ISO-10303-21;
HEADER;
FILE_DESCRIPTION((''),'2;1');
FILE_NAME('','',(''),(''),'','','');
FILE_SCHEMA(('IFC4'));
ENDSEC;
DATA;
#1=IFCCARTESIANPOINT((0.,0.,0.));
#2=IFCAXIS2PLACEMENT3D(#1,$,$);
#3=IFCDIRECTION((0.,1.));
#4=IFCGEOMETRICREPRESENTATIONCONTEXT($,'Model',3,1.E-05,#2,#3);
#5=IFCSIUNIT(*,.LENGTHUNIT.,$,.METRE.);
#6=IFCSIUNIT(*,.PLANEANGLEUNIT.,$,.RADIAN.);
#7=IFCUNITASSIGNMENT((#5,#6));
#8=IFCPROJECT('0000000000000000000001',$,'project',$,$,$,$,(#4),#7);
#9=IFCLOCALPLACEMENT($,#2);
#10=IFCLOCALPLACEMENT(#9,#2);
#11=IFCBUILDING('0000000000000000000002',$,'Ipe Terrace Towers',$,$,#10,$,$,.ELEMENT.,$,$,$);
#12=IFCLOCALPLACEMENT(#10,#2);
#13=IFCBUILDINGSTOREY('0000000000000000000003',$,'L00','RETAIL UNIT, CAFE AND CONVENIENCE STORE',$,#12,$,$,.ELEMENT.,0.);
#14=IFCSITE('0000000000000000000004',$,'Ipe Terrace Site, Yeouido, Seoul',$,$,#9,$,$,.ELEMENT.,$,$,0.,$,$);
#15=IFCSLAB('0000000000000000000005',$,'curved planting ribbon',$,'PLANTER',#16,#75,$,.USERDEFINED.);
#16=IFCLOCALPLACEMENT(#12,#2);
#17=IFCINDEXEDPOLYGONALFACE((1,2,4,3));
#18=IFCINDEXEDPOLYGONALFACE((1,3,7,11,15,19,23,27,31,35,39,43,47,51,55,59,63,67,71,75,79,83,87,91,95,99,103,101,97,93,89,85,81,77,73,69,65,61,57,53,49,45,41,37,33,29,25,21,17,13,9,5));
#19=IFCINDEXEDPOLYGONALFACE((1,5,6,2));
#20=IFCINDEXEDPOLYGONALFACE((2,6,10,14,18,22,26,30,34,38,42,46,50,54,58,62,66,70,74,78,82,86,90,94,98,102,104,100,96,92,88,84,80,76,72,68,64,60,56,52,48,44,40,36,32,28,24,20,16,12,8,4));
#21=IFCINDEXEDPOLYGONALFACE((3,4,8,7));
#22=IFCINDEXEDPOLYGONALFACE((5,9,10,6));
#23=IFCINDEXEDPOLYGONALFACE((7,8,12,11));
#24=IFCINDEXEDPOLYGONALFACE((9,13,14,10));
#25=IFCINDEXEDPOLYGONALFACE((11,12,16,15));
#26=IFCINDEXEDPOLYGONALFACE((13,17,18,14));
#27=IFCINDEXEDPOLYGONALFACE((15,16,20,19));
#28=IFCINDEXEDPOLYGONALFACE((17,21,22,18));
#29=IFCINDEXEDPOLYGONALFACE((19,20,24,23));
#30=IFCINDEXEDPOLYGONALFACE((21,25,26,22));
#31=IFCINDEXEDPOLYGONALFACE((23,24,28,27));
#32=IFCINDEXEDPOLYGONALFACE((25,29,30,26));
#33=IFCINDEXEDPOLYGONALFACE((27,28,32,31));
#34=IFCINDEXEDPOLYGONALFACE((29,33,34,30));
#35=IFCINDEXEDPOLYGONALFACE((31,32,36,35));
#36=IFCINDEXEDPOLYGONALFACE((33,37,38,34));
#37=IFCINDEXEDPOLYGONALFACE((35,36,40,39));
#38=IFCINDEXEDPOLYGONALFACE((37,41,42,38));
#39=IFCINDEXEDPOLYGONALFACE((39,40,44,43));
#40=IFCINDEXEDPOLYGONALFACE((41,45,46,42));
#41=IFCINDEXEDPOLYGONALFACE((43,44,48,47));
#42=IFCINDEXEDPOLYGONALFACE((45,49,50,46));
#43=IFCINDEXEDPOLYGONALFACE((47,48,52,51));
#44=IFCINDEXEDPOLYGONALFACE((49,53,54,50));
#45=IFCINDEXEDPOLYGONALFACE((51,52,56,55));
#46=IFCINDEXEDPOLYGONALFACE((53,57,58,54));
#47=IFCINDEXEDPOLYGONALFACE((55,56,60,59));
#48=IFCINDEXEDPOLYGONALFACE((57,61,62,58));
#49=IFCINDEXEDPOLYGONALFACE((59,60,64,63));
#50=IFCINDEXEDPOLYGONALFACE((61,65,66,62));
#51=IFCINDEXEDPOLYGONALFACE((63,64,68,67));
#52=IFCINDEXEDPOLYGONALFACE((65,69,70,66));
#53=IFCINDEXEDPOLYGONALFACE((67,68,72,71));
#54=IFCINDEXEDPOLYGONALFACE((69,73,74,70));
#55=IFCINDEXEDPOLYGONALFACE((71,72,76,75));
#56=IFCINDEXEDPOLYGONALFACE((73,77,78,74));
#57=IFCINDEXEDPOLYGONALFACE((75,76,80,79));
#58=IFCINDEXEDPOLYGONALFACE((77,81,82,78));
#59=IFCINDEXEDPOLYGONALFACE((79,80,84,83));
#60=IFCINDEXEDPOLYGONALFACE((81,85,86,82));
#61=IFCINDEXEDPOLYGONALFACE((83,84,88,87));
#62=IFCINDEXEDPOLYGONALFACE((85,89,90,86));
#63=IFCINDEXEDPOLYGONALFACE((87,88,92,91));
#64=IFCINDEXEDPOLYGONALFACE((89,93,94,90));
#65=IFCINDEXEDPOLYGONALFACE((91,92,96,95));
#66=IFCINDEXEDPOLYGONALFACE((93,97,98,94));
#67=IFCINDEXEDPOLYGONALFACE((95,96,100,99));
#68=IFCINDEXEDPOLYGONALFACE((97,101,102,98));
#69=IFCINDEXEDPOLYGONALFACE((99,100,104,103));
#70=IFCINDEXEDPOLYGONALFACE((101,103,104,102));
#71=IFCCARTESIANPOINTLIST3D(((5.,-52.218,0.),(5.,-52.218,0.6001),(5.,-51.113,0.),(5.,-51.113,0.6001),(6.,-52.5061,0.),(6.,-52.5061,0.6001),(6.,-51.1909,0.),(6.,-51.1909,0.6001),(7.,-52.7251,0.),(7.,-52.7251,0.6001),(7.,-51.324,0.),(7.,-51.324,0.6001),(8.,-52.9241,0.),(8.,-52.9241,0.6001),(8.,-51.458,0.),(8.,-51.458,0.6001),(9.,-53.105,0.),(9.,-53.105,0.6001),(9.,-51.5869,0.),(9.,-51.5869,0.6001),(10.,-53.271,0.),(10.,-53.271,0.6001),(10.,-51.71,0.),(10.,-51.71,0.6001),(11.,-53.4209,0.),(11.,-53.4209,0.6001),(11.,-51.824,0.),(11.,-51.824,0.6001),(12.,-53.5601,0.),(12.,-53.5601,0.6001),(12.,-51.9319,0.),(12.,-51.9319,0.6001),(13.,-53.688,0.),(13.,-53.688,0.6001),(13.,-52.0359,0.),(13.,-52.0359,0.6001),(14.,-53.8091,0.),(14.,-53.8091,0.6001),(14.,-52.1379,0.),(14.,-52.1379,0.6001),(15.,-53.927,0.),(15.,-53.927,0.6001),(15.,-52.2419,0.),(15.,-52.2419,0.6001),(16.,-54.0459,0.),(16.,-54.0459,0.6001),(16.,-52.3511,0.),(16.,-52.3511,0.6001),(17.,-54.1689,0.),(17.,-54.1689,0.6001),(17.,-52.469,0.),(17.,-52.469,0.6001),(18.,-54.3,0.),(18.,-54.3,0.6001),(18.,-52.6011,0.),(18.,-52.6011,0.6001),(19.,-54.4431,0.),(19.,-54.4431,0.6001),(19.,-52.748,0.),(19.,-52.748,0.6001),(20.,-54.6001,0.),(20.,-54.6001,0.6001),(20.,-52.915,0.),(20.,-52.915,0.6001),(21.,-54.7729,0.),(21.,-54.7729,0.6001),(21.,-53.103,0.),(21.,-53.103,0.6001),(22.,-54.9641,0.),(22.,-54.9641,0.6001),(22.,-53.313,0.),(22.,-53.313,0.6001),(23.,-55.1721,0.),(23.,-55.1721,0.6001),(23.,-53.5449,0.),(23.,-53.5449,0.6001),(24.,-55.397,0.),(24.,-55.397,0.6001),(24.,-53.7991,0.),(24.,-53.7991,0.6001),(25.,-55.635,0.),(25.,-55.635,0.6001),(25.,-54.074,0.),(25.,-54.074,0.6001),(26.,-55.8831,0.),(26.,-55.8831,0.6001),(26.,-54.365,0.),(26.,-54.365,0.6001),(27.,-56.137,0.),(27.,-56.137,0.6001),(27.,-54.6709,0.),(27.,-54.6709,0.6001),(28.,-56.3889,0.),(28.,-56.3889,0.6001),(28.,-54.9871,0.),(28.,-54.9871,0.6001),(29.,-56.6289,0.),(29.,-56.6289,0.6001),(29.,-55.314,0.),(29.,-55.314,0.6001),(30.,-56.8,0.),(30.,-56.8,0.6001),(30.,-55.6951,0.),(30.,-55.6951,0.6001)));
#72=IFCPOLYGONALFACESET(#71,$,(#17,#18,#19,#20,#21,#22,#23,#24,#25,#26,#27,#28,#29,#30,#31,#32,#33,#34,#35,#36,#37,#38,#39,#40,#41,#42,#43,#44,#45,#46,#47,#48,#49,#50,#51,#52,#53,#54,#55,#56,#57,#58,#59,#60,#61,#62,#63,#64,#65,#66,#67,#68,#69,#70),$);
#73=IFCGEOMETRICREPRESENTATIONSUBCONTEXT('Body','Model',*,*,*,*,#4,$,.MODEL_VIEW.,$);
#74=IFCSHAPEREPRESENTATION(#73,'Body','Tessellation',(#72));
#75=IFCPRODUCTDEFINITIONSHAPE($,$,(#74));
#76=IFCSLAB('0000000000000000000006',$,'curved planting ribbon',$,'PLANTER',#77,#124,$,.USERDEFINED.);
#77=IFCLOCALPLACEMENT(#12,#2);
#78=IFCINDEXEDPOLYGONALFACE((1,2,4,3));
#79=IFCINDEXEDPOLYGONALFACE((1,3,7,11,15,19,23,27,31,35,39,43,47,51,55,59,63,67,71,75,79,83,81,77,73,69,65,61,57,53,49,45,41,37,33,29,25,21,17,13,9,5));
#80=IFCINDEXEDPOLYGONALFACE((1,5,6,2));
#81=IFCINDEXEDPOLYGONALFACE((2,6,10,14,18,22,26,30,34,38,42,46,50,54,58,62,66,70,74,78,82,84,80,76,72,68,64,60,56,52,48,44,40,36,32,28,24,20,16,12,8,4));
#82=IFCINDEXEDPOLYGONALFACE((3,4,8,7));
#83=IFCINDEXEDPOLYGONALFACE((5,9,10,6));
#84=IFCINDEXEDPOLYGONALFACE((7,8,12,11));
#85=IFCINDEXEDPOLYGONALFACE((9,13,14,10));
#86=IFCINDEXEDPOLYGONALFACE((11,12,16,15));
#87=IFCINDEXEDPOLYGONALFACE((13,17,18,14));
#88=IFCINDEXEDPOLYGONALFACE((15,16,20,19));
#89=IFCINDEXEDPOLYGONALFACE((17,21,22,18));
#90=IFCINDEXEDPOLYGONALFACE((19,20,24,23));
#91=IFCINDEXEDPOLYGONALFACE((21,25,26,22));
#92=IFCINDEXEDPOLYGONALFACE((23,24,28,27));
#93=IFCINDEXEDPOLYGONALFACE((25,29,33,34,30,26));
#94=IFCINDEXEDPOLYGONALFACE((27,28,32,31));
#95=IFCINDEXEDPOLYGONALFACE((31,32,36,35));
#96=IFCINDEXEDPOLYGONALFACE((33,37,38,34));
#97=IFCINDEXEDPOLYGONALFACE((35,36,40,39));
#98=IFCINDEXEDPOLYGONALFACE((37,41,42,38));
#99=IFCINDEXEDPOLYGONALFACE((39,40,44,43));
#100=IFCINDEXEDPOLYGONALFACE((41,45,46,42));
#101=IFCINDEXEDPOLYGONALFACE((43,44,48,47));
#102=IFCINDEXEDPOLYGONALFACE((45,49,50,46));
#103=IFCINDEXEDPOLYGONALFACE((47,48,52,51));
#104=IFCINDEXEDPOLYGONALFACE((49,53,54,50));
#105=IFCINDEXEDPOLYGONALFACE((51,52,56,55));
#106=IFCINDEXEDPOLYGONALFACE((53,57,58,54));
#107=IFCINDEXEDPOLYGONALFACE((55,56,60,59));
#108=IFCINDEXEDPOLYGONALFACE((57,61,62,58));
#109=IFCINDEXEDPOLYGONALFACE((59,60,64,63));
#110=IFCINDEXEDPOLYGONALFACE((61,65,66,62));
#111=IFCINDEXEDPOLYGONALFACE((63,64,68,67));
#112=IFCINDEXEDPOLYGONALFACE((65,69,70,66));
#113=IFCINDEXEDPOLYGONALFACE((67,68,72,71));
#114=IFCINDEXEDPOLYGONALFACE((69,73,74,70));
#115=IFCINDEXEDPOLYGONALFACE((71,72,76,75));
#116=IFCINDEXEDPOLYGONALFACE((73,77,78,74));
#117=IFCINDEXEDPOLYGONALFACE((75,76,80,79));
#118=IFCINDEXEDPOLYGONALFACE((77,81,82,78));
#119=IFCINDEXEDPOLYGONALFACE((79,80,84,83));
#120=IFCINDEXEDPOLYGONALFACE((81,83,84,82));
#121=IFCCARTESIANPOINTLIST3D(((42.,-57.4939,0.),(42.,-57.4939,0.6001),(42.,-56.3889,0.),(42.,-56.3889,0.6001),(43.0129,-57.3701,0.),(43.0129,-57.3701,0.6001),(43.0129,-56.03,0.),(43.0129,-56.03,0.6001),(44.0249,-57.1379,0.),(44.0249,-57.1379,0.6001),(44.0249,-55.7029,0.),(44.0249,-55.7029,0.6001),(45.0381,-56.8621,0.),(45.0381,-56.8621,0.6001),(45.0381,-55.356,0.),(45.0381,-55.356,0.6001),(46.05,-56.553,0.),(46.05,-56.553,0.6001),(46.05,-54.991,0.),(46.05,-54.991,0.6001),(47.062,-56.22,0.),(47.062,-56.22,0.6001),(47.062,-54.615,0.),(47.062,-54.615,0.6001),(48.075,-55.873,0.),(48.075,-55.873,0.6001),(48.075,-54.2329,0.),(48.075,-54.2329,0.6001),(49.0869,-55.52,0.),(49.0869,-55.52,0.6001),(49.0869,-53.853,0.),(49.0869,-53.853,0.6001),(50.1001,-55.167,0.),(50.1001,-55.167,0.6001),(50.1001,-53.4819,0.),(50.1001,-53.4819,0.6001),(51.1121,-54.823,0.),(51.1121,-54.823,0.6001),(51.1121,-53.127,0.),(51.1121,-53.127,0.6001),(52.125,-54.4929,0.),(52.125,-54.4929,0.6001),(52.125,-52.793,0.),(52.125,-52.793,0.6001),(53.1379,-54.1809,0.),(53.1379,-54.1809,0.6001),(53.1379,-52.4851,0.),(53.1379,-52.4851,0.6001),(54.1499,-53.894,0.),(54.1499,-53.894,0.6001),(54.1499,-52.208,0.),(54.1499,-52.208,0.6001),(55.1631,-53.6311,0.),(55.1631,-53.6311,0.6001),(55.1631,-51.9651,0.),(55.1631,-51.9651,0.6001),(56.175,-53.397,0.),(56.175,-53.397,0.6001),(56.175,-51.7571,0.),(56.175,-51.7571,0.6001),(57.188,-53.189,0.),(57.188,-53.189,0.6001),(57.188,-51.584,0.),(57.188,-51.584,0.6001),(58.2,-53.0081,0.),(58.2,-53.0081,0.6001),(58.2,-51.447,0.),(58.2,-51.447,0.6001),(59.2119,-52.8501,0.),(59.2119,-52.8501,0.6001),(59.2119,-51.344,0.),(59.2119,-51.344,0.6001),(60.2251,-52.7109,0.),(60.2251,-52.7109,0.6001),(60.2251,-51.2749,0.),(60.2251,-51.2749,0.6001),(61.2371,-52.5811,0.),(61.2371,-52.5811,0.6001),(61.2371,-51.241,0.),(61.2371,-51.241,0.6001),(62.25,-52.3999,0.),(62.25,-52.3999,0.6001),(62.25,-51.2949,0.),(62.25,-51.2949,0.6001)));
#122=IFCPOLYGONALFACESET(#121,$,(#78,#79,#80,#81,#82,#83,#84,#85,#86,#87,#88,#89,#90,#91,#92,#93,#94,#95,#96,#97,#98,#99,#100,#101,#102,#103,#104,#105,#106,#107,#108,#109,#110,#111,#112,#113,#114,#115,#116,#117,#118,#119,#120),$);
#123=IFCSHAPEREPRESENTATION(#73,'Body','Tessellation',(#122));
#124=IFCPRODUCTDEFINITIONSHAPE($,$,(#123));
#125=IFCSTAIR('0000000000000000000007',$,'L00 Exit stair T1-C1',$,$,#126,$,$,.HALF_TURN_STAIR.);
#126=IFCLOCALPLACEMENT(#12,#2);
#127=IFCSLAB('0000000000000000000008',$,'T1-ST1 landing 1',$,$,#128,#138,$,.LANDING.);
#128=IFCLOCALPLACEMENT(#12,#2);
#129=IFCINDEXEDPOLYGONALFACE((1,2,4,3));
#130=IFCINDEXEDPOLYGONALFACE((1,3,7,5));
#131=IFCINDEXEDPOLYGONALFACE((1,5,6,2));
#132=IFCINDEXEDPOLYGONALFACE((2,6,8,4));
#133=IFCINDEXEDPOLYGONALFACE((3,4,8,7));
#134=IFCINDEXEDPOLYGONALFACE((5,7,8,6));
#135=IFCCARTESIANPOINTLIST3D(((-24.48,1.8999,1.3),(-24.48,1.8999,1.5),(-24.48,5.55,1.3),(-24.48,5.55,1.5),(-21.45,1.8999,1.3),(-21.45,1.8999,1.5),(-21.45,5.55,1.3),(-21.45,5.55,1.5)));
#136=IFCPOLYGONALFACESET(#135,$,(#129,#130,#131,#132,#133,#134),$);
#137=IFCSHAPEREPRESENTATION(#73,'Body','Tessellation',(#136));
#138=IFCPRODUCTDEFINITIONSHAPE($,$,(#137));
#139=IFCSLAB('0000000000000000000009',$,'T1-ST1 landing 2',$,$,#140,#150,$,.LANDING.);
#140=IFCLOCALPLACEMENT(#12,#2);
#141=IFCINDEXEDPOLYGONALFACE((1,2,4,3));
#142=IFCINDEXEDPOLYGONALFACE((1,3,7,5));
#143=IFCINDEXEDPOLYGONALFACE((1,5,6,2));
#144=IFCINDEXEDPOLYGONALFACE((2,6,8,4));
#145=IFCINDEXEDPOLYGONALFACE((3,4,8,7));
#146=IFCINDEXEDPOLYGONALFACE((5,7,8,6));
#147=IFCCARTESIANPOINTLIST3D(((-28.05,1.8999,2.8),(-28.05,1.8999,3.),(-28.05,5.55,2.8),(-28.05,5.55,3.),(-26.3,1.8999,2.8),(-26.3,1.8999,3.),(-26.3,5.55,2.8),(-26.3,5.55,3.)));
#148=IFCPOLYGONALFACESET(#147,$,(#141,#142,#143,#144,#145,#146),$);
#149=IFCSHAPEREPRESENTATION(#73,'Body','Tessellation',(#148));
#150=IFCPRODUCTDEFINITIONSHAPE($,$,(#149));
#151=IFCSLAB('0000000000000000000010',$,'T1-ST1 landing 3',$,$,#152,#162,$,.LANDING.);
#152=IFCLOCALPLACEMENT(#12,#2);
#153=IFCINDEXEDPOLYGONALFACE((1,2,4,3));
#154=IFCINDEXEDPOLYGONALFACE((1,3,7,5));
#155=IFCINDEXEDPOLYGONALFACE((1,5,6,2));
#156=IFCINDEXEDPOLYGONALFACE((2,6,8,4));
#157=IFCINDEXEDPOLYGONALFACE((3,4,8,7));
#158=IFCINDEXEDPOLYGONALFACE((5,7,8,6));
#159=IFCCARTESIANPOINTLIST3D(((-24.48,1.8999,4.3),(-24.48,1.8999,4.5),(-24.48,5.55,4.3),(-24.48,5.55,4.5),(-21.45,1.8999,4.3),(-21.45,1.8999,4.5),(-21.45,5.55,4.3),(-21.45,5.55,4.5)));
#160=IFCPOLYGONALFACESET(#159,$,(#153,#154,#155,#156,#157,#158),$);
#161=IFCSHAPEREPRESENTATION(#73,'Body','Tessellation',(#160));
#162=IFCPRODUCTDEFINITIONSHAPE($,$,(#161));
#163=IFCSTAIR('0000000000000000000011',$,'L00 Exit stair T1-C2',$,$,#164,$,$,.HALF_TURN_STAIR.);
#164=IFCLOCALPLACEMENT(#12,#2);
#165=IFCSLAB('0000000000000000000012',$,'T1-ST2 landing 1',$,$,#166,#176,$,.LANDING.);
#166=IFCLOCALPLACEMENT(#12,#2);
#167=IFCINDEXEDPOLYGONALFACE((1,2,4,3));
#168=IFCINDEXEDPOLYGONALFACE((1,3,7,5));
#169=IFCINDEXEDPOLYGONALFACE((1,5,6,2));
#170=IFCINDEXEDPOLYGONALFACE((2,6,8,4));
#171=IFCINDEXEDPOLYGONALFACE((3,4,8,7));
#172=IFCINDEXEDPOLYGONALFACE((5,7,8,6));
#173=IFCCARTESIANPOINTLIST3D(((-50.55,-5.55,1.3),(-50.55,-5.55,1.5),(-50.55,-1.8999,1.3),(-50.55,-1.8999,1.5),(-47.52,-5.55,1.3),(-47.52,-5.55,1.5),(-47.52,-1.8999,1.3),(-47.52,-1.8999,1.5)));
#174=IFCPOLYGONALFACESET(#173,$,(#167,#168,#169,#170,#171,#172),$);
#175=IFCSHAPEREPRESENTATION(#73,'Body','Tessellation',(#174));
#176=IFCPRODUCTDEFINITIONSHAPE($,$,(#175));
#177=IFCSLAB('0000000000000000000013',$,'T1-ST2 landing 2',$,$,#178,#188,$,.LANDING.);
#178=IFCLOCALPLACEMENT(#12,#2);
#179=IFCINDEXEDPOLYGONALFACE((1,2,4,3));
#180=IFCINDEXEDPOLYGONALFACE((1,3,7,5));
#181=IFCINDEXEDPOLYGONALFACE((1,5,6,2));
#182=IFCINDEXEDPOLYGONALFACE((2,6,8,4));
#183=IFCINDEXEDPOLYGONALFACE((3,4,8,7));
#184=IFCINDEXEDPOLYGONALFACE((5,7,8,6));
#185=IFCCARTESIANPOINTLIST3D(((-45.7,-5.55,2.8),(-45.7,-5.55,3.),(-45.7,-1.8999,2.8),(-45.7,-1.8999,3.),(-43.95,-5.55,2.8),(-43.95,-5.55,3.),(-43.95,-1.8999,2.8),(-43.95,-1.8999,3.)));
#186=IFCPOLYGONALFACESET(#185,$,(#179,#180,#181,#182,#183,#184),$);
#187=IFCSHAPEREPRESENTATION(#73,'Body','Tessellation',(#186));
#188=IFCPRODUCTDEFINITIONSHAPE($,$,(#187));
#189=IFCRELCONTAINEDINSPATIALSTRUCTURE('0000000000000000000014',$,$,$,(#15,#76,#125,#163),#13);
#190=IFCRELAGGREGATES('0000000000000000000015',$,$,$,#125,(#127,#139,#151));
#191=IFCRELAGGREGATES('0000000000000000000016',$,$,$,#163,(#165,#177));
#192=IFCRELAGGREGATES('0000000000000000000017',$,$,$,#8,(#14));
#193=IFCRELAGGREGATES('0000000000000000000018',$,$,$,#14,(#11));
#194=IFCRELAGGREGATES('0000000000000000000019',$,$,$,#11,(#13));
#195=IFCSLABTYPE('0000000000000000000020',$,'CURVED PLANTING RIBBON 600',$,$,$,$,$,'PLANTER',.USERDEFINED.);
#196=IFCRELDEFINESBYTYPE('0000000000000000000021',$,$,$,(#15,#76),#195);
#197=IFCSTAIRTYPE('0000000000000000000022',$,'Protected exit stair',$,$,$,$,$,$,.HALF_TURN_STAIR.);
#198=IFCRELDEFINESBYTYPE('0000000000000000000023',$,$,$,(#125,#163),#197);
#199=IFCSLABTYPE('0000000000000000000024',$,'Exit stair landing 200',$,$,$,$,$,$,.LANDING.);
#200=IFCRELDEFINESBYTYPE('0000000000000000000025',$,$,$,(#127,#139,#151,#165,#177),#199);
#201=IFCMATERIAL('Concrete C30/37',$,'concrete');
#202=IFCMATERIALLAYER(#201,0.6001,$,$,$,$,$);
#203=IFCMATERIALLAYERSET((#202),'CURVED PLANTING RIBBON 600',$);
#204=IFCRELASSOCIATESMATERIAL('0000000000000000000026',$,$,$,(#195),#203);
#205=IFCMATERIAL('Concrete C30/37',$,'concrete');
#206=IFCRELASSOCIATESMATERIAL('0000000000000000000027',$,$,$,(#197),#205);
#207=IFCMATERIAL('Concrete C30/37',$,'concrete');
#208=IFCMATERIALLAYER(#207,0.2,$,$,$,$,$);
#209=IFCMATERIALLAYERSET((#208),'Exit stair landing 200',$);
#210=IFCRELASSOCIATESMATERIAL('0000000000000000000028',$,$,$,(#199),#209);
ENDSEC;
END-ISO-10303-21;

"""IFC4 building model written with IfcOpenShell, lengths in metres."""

from ifc_helpers import new_model, si_unit, direction, frame, origin, place, context, subcontext, project, spatial, polyline, outline, extrude, material, layer, layer_set, type_object, element, aggregate, save


model = new_model("IFC4")

# Units and contexts
model_context = context("Model", 3, precision=1e-05, world=origin(), true_north=direction((0.0, 1.0)))
body_context = subcontext(model_context, "Body", "Model", "MODEL_VIEW")
ifc_project = project(units=[si_unit("LENGTHUNIT", "METRE"), si_unit("PLANEANGLEUNIT", "RADIAN")], contexts=[model_context])

# Site, building, storey
site_placement = place(None, origin())
site = spatial("IfcSite", under=ifc_project, at=site_placement, Name="Ipe Terrace Site, Yeouido, Seoul", CompositionType="ELEMENT", RefElevation=0.0)
building_placement = place(site_placement, origin())
building = spatial("IfcBuilding", under=site, at=building_placement, Name="Ipe Terrace Towers", CompositionType="ELEMENT")
storey_placement = place(building_placement, origin())
storey = spatial("IfcBuildingStorey", under=building, at=storey_placement, Name="L00", Description="RETAIL UNIT, CAFE AND CONVENIENCE STORE", CompositionType="ELEMENT", Elevation=0.0)

# Slabs
ifc_material_1 = material(Name="Concrete C30/37", Category="concrete")
ifc_layer_1 = layer(ifc_material_1, 0.6001)
ifc_layer_set_1 = layer_set([ifc_layer_1], Name="CURVED PLANTING RIBBON 600")
slab_type_1 = type_object("IfcSlabType", Name="CURVED PLANTING RIBBON 600", ElementType="PLANTER", PredefinedType="USERDEFINED", material=ifc_layer_set_1)
slab_1_placement = place(storey_placement, origin())
element("IfcSlab", 1, at=slab_1_placement, inside=storey, type_object=slab_type_1, Name="curved planting ribbon", ObjectType="PLANTER", PredefinedType="USERDEFINED", context=body_context, shape_type="SweptSolid", body=[
    extrude(outline(polyline([(5.0, -51.113), (6.0, -51.1909), (7.0, -51.324), (8.0, -51.458), (9.0, -51.5869), (10.0, -51.71), (11.0, -51.824), (12.0, -51.9319), (13.0, -52.0359), (14.0, -52.1379), (15.0, -52.2419), (16.0, -52.3511), (17.0, -52.469), (18.0, -52.6011), (19.0, -52.748), (20.0, -52.915), (21.0, -53.103), (22.0, -53.313), (23.0, -53.5449), (24.0, -53.7991), (25.0, -54.074), (26.0, -54.365), (27.0, -54.6709), (28.0, -54.9871), (29.0, -55.314), (30.0, -55.6951), (30.0, -56.8), (29.0, -56.6289), (28.0, -56.3889), (27.0, -56.137), (26.0, -55.8831), (25.0, -55.635), (24.0, -55.397), (23.0, -55.1721), (22.0, -54.9641), (21.0, -54.7729), (20.0, -54.6001), (19.0, -54.4431), (18.0, -54.3), (17.0, -54.1689), (16.0, -54.0459), (15.0, -53.927), (14.0, -53.8091), (13.0, -53.688), (12.0, -53.5601), (11.0, -53.4209), (10.0, -53.271), (9.0, -53.105), (8.0, -52.9241), (7.0, -52.7251), (6.0, -52.5061), (5.0, -52.218), (5.0, -51.113)])), origin(), (0.0, 0.0, 1.0), 0.6001),
])
slab_2_placement = place(storey_placement, origin())
element("IfcSlab", 2, at=slab_2_placement, inside=storey, type_object=slab_type_1, Name="curved planting ribbon", ObjectType="PLANTER", PredefinedType="USERDEFINED", context=body_context, shape_type="SweptSolid", body=[
    extrude(outline(polyline([(42.0, -56.3889), (43.0129, -56.03), (44.0249, -55.7029), (45.0381, -55.356), (46.05, -54.991), (47.062, -54.615), (48.075, -54.2329), (49.0869, -53.853), (50.1001, -53.4819), (51.1121, -53.127), (52.125, -52.793), (53.1379, -52.4851), (54.1499, -52.208), (55.1631, -51.9651), (56.175, -51.7571), (57.188, -51.584), (58.2, -51.447), (59.2119, -51.344), (60.2251, -51.2749), (61.2371, -51.241), (62.25, -51.2949), (62.25, -52.3999), (61.2371, -52.5811), (60.2251, -52.7109), (59.2119, -52.8501), (58.2, -53.0081), (57.188, -53.189), (56.175, -53.397), (55.1631, -53.6311), (54.1499, -53.894), (53.1379, -54.1809), (52.125, -54.4929), (51.1121, -54.823), (50.1001, -55.167), (49.0869, -55.52), (48.075, -55.873), (47.062, -56.22), (46.05, -56.553), (45.0381, -56.8621), (44.0249, -57.1379), (43.0129, -57.3701), (42.0, -57.4939), (42.0, -56.3889)])), origin(), (0.0, 0.0, 1.0), 0.6001),
])

# Stairs, slabs
ifc_material_2 = material(Name="Concrete C30/37", Category="concrete")
stair_type = type_object("IfcStairType", Name="Protected exit stair", PredefinedType="HALF_TURN_STAIR", material=ifc_material_2)
stair_1_placement = place(storey_placement, origin())
stair_1 = element("IfcStair", 3, at=stair_1_placement, inside=storey, type_object=stair_type, Name="L00 Exit stair T1-C1", PredefinedType="HALF_TURN_STAIR")
ifc_material_3 = material(Name="Concrete C30/37", Category="concrete")
ifc_layer_2 = layer(ifc_material_3, 0.2)
ifc_layer_set_2 = layer_set([ifc_layer_2], Name="Exit stair landing 200")
slab_type_2 = type_object("IfcSlabType", Name="Exit stair landing 200", PredefinedType="LANDING", material=ifc_layer_set_2)
slab_3_placement = place(storey_placement, frame((0.0, 0.0, 1.3)))
slab_3 = element("IfcSlab", 4, at=slab_3_placement, type_object=slab_type_2, Name="T1-ST1 landing 1", PredefinedType="LANDING", context=body_context, shape_type="SweptSolid", body=[
    extrude(outline(polyline([(-24.48, 1.8999), (-21.45, 1.8999), (-21.45, 5.55), (-24.48, 5.55), (-24.48, 1.8999)])), origin(), (0.0, 0.0, 1.0), 0.2),
])
slab_4_placement = place(storey_placement, frame((0.0, 0.0, 2.8)))
slab_4 = element("IfcSlab", 5, at=slab_4_placement, type_object=slab_type_2, Name="T1-ST1 landing 2", PredefinedType="LANDING", context=body_context, shape_type="SweptSolid", body=[
    extrude(outline(polyline([(-28.05, 1.8999), (-26.3, 1.8999), (-26.3, 5.55), (-28.05, 5.55), (-28.05, 1.8999)])), origin(), (0.0, 0.0, 1.0), 0.2),
])
slab_5_placement = place(storey_placement, frame((0.0, 0.0, 4.3)))
slab_5 = element("IfcSlab", 6, at=slab_5_placement, type_object=slab_type_2, Name="T1-ST1 landing 3", PredefinedType="LANDING", context=body_context, shape_type="SweptSolid", body=[
    extrude(outline(polyline([(-24.48, 1.8999), (-21.45, 1.8999), (-21.45, 5.55), (-24.48, 5.55), (-24.48, 1.8999)])), origin(), (0.0, 0.0, 1.0), 0.2),
])
aggregate(stair_1, [slab_3, slab_4, slab_5])
stair_2_placement = place(storey_placement, origin())
stair_2 = element("IfcStair", 7, at=stair_2_placement, inside=storey, type_object=stair_type, Name="L00 Exit stair T1-C2", PredefinedType="HALF_TURN_STAIR")
slab_6_placement = place(storey_placement, frame((0.0, 0.0, 1.3)))
slab_6 = element("IfcSlab", 8, at=slab_6_placement, type_object=slab_type_2, Name="T1-ST2 landing 1", PredefinedType="LANDING", context=body_context, shape_type="SweptSolid", body=[
    extrude(outline(polyline([(-47.52, -1.8999), (-50.55, -1.8999), (-50.55, -5.55), (-47.52, -5.55), (-47.52, -1.8999)])), origin(), (0.0, 0.0, 1.0), 0.2),
])
slab_7_placement = place(storey_placement, frame((0.0, 0.0, 2.8)))
slab_7 = element("IfcSlab", 9, at=slab_7_placement, type_object=slab_type_2, Name="T1-ST2 landing 2", PredefinedType="LANDING", context=body_context, shape_type="SweptSolid", body=[
    extrude(outline(polyline([(-43.95, -1.8999), (-45.7, -1.8999), (-45.7, -5.55), (-43.95, -5.55), (-43.95, -1.8999)])), origin(), (0.0, 0.0, 1.0), 0.2),
])
aggregate(stair_2, [slab_6, slab_7])

save(model, "model.ifc")
